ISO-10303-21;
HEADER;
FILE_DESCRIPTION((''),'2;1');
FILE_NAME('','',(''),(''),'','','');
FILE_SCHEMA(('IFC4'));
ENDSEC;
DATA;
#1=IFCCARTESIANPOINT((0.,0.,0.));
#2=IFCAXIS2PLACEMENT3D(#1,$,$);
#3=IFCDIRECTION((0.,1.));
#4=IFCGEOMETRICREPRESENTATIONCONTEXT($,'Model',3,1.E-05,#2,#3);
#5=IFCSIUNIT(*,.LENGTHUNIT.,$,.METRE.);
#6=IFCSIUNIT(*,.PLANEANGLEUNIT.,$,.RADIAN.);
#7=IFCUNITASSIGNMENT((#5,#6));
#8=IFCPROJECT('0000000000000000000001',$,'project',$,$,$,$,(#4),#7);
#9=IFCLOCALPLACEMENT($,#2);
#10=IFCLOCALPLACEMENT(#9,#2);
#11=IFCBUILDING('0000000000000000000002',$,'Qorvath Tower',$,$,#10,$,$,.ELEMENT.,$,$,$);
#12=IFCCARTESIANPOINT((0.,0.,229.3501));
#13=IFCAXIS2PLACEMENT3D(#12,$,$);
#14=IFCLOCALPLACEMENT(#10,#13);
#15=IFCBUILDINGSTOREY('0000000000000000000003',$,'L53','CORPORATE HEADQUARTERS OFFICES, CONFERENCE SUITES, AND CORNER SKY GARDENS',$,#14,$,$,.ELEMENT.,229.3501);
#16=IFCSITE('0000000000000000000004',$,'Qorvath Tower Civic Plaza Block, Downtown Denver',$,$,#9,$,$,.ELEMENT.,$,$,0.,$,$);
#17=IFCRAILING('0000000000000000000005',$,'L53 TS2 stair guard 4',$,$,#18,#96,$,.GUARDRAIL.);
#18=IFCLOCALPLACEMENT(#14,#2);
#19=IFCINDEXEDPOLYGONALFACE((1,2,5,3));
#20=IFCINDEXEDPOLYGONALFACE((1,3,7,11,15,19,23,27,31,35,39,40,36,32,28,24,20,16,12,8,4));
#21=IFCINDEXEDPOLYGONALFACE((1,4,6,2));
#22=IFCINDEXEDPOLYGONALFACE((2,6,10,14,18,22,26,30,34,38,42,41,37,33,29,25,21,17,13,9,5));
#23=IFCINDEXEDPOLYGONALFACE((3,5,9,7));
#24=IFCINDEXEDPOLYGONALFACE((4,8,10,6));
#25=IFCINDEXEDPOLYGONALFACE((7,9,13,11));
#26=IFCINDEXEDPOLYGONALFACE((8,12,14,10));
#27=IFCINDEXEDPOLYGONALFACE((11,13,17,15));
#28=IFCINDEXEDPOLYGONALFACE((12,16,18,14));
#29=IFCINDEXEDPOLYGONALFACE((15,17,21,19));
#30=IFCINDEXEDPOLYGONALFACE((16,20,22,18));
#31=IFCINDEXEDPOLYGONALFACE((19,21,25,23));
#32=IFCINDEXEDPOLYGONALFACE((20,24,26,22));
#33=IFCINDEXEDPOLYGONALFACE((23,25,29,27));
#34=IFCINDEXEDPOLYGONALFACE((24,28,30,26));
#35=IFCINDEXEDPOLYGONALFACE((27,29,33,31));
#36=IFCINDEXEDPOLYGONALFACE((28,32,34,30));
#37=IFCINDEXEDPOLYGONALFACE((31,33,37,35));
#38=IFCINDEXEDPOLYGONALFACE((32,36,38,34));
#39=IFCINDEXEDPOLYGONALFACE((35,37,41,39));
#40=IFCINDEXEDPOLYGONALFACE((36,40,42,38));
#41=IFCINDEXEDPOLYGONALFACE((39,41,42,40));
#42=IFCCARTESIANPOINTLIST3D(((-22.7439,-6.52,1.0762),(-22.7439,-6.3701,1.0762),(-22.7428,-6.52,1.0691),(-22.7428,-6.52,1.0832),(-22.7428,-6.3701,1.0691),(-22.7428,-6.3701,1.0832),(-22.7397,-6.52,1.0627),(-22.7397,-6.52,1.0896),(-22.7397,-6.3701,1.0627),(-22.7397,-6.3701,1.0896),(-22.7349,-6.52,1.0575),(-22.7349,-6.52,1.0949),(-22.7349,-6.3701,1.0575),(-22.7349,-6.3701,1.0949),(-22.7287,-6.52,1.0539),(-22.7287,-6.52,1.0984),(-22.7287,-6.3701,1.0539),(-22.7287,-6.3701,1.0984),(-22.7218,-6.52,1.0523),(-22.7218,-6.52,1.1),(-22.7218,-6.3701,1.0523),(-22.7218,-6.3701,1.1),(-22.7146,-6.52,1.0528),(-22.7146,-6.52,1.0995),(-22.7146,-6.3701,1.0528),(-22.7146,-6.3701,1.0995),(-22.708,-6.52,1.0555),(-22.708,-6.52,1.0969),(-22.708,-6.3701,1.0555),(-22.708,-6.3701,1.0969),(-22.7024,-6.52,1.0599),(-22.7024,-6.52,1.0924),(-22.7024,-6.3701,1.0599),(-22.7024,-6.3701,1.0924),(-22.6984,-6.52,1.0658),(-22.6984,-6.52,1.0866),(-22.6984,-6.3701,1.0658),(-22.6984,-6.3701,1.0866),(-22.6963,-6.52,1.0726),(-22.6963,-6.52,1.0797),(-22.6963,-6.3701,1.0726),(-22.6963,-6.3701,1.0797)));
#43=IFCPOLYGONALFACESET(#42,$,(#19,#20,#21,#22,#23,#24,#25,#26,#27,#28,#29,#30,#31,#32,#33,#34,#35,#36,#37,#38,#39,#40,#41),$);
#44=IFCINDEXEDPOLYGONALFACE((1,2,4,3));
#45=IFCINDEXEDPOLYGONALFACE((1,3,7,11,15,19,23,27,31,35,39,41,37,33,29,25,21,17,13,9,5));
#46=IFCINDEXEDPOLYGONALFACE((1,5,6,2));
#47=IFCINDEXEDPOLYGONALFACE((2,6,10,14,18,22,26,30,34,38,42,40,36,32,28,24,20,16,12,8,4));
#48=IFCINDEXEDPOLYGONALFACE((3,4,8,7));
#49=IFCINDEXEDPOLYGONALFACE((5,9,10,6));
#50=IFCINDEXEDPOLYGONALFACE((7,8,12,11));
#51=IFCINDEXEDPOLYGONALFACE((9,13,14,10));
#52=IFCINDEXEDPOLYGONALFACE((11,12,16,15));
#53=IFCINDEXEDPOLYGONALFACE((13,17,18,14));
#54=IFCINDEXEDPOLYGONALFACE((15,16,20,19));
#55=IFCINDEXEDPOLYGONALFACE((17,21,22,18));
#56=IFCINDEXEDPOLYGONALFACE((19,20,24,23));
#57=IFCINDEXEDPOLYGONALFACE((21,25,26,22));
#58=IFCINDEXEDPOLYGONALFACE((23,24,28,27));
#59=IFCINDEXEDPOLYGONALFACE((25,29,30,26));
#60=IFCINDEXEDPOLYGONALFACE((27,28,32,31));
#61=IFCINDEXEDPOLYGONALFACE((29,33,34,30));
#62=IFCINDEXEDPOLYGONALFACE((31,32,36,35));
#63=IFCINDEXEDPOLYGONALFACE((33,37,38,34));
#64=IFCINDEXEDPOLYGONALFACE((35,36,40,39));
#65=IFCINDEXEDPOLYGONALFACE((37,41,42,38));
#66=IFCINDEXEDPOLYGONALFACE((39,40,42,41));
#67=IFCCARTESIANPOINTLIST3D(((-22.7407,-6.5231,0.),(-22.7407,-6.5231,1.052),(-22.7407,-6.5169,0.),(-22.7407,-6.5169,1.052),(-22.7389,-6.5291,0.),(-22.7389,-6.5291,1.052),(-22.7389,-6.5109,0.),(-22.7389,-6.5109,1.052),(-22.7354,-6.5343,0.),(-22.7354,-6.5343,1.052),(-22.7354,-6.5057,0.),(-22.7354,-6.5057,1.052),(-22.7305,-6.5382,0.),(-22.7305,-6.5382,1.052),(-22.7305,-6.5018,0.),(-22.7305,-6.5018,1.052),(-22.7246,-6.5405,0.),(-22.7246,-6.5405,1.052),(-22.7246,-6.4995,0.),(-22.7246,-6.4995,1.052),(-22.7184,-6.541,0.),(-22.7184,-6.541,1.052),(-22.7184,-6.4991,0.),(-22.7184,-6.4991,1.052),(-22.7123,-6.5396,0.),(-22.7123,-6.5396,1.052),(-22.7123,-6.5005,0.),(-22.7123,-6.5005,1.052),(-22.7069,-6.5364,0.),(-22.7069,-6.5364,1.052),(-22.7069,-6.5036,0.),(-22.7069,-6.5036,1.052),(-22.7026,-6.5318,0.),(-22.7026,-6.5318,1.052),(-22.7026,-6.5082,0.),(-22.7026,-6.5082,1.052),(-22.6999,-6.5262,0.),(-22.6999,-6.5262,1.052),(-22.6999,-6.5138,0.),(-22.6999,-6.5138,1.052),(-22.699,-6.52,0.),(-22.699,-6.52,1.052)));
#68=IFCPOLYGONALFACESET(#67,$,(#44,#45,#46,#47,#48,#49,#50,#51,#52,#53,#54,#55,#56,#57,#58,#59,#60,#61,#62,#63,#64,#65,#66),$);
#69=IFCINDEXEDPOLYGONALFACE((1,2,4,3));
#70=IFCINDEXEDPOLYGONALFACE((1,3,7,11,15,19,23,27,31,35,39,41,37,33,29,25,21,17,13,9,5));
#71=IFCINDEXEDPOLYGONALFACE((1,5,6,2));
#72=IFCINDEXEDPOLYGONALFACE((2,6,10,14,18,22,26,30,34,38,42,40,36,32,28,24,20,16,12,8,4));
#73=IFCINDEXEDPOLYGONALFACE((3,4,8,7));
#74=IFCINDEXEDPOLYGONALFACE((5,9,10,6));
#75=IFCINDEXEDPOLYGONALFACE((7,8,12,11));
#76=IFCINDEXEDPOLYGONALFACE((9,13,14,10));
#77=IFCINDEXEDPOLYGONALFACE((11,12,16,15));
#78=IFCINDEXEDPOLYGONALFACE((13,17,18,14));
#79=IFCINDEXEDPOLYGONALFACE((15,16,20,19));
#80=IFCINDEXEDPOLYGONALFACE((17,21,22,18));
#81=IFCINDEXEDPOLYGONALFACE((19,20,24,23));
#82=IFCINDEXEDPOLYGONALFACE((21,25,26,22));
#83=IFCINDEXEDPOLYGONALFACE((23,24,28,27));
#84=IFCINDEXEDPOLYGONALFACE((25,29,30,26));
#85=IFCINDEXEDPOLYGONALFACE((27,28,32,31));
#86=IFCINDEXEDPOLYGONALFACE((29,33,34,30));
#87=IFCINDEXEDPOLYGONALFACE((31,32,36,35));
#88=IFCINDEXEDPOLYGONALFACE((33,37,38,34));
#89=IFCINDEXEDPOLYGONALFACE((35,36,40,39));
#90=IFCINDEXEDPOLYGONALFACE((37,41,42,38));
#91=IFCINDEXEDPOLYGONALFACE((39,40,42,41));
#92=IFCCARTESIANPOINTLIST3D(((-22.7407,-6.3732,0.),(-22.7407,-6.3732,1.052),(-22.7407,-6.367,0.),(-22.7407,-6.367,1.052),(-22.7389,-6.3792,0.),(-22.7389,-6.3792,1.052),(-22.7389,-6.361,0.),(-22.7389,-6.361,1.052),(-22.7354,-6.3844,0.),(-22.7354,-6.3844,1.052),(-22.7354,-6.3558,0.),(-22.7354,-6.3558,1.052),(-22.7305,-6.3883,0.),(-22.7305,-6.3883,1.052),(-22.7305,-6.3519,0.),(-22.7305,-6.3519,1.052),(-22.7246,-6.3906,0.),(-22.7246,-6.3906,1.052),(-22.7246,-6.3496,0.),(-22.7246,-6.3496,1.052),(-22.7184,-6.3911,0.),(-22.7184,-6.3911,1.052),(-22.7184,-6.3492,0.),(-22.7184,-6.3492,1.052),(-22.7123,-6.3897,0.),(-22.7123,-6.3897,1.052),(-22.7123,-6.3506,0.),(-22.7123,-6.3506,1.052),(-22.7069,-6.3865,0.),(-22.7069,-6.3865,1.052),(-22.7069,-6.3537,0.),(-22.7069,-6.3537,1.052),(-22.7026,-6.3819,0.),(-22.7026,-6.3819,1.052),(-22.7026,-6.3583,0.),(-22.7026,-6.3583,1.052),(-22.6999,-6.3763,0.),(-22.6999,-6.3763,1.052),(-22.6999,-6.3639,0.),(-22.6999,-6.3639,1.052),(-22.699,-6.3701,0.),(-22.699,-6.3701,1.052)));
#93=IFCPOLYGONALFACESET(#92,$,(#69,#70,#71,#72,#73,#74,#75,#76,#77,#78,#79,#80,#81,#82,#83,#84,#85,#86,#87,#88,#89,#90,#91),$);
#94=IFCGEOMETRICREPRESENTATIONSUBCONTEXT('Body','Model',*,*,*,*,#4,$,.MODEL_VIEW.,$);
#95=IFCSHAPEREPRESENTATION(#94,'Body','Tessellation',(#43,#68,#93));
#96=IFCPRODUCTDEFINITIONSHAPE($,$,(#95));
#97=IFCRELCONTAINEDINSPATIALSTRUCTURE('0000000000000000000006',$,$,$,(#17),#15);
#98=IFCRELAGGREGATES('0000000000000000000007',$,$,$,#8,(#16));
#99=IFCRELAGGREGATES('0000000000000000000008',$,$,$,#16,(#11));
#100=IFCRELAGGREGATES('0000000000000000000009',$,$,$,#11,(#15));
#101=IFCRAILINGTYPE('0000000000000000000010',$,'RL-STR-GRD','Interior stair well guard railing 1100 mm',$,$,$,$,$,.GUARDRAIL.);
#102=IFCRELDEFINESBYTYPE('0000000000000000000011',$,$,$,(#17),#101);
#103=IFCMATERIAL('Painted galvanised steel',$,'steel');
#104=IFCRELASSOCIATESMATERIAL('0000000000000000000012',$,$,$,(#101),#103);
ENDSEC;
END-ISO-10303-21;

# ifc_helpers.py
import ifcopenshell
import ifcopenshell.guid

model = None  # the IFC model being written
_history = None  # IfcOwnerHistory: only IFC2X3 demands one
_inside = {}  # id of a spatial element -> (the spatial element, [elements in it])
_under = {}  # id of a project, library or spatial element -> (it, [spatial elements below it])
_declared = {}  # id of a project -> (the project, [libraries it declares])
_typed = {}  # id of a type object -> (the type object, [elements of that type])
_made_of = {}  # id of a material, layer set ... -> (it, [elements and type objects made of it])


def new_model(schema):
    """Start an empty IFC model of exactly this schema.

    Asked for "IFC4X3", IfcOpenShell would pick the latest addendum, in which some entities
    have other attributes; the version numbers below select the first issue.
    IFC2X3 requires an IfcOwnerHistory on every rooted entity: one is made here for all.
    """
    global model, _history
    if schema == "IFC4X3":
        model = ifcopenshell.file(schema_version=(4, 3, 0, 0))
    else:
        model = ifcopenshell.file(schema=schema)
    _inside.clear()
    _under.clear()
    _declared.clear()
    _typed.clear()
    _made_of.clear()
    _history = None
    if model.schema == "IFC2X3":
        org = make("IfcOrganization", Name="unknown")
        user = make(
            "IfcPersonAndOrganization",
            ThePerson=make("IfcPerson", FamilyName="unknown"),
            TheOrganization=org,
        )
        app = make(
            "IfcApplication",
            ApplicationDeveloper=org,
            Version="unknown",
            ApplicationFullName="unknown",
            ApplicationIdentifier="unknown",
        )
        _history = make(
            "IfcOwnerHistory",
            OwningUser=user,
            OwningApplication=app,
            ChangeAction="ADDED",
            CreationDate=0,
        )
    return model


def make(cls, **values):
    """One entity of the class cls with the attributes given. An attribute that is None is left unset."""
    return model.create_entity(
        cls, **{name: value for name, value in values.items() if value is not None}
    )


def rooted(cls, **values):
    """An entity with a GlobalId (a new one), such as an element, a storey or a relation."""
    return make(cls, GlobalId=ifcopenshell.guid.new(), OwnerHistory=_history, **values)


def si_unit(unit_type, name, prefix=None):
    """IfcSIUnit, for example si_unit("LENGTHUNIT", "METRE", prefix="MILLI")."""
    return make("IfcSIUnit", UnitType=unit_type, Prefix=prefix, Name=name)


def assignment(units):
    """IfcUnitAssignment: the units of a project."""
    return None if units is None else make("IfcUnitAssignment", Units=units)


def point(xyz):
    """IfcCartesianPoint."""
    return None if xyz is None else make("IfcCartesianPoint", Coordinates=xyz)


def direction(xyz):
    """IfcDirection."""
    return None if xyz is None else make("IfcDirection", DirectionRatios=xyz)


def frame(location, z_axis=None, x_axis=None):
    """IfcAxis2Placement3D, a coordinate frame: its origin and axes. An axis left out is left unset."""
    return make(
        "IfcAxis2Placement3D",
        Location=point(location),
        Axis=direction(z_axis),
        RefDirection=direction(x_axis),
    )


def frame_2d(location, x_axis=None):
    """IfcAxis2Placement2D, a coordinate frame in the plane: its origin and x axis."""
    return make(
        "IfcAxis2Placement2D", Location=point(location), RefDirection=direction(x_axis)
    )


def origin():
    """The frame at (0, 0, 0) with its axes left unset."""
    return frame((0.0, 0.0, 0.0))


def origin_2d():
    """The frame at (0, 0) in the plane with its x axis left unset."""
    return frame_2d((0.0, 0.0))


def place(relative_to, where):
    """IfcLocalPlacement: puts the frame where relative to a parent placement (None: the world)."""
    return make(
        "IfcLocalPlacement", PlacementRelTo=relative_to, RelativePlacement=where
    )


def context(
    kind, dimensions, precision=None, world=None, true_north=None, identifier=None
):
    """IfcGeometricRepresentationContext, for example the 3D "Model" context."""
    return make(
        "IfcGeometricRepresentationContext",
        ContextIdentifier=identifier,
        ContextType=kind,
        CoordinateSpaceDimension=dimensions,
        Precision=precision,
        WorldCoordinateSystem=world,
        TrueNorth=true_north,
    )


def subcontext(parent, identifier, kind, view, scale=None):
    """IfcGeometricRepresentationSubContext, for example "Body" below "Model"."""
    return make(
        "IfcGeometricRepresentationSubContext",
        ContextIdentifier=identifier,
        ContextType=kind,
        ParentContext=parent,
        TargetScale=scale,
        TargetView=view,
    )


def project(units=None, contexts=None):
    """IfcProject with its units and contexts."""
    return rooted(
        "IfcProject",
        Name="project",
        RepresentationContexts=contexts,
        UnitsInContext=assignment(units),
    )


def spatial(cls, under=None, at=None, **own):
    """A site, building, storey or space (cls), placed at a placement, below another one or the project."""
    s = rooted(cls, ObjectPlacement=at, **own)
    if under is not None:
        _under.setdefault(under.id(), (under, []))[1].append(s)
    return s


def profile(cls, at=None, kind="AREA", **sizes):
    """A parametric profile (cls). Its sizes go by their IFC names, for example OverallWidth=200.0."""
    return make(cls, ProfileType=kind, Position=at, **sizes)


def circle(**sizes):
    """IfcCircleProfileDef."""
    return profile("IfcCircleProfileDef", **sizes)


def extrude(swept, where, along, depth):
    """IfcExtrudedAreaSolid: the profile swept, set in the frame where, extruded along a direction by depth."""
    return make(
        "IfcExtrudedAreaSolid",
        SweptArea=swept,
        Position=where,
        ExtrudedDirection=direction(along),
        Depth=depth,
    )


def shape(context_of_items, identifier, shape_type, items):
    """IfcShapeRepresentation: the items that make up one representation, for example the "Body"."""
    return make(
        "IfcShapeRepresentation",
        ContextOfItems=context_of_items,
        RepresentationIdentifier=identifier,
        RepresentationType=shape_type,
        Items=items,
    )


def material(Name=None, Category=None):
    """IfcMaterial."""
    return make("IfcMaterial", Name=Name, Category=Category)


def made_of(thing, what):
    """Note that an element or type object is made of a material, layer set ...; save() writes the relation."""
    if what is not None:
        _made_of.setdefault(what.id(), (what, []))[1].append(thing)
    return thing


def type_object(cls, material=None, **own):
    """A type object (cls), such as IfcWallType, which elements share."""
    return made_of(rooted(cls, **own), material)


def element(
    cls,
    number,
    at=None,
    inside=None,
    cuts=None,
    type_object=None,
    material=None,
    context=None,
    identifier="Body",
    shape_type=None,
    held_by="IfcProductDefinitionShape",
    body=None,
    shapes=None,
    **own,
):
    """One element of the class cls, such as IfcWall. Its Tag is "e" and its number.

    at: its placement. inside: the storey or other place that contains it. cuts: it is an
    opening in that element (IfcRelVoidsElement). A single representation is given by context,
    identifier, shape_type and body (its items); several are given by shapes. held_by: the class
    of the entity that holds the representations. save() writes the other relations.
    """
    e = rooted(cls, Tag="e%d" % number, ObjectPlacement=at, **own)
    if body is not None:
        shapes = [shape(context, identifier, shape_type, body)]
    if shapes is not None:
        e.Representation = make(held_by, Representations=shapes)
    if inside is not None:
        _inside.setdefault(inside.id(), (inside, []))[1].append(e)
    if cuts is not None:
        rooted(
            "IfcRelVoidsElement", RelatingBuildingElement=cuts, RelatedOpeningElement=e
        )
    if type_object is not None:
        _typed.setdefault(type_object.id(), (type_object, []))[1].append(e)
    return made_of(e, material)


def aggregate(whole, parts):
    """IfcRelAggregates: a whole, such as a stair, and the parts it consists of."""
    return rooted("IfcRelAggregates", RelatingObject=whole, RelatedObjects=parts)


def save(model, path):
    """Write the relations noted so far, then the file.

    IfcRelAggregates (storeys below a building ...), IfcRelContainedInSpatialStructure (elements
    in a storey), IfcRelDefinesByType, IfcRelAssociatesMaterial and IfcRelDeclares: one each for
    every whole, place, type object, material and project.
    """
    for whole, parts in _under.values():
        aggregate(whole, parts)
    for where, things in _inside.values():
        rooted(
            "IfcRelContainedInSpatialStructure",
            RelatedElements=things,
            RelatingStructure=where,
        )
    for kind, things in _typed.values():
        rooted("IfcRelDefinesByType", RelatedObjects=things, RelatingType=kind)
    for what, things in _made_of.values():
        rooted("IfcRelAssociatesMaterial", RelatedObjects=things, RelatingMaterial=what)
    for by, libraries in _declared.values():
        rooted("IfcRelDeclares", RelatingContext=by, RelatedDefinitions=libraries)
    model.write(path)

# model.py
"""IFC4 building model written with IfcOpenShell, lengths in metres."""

from ifc_helpers import new_model, si_unit, direction, frame, origin, origin_2d, place, context, subcontext, project, spatial, circle, extrude, material, type_object, element, save


model = new_model("IFC4")

# Units and contexts
model_context = context("Model", 3, precision=1e-05, world=origin(), true_north=direction((0.0, 1.0)))
body_context = subcontext(model_context, "Body", "Model", "MODEL_VIEW")
ifc_project = project(units=[si_unit("LENGTHUNIT", "METRE"), si_unit("PLANEANGLEUNIT", "RADIAN")], contexts=[model_context])

# Site, building, storey
site_placement = place(None, origin())
site = spatial("IfcSite", under=ifc_project, at=site_placement, Name="Qorvath Tower Civic Plaza Block, Downtown Denver", CompositionType="ELEMENT", RefElevation=0.0)
building_placement = place(site_placement, origin())
building = spatial("IfcBuilding", under=site, at=building_placement, Name="Qorvath Tower", CompositionType="ELEMENT")
storey_placement = place(building_placement, frame((0.0, 0.0, 229.3501)))
storey = spatial("IfcBuildingStorey", under=building, at=storey_placement, Name="L53", Description="CORPORATE HEADQUARTERS OFFICES, CONFERENCE SUITES, AND CORNER SKY GARDENS", CompositionType="ELEMENT", Elevation=229.3501)

# Railing
ifc_material_1 = material(Name="Painted galvanised steel", Category="steel")
railing_type_1 = type_object("IfcRailingType", Name="RL-STR-GRD", Description="Interior stair well guard railing 1100 mm", PredefinedType="GUARDRAIL", material=ifc_material_1)
railing_1_placement = place(storey_placement, frame((-22.72, -6.52, 0.0)))
element("IfcRailing", 1, at=railing_1_placement, inside=storey, type_object=railing_type_1, Name="L53 TS2 stair guard 4", PredefinedType="GUARDRAIL", context=body_context, shape_type="SweptSolid", body=[
    extrude(circle(Radius=0.0239, at=origin_2d()), frame((0.0, 0.0, 1.0762), z_axis=(0.0, 1.0, 0.0), x_axis=(-1.0, 0.0, 0.0)), (0.0, 0.0, 1.0), 0.1499),
    extrude(circle(Radius=0.021, at=origin_2d()), origin(), (0.0, 0.0, 1.0), 1.052),
    extrude(circle(Radius=0.021, at=origin_2d()), frame((0.0, 0.1499, 0.0)), (0.0, 0.0, 1.0), 1.052),
])

save(model, "model.ifc")
